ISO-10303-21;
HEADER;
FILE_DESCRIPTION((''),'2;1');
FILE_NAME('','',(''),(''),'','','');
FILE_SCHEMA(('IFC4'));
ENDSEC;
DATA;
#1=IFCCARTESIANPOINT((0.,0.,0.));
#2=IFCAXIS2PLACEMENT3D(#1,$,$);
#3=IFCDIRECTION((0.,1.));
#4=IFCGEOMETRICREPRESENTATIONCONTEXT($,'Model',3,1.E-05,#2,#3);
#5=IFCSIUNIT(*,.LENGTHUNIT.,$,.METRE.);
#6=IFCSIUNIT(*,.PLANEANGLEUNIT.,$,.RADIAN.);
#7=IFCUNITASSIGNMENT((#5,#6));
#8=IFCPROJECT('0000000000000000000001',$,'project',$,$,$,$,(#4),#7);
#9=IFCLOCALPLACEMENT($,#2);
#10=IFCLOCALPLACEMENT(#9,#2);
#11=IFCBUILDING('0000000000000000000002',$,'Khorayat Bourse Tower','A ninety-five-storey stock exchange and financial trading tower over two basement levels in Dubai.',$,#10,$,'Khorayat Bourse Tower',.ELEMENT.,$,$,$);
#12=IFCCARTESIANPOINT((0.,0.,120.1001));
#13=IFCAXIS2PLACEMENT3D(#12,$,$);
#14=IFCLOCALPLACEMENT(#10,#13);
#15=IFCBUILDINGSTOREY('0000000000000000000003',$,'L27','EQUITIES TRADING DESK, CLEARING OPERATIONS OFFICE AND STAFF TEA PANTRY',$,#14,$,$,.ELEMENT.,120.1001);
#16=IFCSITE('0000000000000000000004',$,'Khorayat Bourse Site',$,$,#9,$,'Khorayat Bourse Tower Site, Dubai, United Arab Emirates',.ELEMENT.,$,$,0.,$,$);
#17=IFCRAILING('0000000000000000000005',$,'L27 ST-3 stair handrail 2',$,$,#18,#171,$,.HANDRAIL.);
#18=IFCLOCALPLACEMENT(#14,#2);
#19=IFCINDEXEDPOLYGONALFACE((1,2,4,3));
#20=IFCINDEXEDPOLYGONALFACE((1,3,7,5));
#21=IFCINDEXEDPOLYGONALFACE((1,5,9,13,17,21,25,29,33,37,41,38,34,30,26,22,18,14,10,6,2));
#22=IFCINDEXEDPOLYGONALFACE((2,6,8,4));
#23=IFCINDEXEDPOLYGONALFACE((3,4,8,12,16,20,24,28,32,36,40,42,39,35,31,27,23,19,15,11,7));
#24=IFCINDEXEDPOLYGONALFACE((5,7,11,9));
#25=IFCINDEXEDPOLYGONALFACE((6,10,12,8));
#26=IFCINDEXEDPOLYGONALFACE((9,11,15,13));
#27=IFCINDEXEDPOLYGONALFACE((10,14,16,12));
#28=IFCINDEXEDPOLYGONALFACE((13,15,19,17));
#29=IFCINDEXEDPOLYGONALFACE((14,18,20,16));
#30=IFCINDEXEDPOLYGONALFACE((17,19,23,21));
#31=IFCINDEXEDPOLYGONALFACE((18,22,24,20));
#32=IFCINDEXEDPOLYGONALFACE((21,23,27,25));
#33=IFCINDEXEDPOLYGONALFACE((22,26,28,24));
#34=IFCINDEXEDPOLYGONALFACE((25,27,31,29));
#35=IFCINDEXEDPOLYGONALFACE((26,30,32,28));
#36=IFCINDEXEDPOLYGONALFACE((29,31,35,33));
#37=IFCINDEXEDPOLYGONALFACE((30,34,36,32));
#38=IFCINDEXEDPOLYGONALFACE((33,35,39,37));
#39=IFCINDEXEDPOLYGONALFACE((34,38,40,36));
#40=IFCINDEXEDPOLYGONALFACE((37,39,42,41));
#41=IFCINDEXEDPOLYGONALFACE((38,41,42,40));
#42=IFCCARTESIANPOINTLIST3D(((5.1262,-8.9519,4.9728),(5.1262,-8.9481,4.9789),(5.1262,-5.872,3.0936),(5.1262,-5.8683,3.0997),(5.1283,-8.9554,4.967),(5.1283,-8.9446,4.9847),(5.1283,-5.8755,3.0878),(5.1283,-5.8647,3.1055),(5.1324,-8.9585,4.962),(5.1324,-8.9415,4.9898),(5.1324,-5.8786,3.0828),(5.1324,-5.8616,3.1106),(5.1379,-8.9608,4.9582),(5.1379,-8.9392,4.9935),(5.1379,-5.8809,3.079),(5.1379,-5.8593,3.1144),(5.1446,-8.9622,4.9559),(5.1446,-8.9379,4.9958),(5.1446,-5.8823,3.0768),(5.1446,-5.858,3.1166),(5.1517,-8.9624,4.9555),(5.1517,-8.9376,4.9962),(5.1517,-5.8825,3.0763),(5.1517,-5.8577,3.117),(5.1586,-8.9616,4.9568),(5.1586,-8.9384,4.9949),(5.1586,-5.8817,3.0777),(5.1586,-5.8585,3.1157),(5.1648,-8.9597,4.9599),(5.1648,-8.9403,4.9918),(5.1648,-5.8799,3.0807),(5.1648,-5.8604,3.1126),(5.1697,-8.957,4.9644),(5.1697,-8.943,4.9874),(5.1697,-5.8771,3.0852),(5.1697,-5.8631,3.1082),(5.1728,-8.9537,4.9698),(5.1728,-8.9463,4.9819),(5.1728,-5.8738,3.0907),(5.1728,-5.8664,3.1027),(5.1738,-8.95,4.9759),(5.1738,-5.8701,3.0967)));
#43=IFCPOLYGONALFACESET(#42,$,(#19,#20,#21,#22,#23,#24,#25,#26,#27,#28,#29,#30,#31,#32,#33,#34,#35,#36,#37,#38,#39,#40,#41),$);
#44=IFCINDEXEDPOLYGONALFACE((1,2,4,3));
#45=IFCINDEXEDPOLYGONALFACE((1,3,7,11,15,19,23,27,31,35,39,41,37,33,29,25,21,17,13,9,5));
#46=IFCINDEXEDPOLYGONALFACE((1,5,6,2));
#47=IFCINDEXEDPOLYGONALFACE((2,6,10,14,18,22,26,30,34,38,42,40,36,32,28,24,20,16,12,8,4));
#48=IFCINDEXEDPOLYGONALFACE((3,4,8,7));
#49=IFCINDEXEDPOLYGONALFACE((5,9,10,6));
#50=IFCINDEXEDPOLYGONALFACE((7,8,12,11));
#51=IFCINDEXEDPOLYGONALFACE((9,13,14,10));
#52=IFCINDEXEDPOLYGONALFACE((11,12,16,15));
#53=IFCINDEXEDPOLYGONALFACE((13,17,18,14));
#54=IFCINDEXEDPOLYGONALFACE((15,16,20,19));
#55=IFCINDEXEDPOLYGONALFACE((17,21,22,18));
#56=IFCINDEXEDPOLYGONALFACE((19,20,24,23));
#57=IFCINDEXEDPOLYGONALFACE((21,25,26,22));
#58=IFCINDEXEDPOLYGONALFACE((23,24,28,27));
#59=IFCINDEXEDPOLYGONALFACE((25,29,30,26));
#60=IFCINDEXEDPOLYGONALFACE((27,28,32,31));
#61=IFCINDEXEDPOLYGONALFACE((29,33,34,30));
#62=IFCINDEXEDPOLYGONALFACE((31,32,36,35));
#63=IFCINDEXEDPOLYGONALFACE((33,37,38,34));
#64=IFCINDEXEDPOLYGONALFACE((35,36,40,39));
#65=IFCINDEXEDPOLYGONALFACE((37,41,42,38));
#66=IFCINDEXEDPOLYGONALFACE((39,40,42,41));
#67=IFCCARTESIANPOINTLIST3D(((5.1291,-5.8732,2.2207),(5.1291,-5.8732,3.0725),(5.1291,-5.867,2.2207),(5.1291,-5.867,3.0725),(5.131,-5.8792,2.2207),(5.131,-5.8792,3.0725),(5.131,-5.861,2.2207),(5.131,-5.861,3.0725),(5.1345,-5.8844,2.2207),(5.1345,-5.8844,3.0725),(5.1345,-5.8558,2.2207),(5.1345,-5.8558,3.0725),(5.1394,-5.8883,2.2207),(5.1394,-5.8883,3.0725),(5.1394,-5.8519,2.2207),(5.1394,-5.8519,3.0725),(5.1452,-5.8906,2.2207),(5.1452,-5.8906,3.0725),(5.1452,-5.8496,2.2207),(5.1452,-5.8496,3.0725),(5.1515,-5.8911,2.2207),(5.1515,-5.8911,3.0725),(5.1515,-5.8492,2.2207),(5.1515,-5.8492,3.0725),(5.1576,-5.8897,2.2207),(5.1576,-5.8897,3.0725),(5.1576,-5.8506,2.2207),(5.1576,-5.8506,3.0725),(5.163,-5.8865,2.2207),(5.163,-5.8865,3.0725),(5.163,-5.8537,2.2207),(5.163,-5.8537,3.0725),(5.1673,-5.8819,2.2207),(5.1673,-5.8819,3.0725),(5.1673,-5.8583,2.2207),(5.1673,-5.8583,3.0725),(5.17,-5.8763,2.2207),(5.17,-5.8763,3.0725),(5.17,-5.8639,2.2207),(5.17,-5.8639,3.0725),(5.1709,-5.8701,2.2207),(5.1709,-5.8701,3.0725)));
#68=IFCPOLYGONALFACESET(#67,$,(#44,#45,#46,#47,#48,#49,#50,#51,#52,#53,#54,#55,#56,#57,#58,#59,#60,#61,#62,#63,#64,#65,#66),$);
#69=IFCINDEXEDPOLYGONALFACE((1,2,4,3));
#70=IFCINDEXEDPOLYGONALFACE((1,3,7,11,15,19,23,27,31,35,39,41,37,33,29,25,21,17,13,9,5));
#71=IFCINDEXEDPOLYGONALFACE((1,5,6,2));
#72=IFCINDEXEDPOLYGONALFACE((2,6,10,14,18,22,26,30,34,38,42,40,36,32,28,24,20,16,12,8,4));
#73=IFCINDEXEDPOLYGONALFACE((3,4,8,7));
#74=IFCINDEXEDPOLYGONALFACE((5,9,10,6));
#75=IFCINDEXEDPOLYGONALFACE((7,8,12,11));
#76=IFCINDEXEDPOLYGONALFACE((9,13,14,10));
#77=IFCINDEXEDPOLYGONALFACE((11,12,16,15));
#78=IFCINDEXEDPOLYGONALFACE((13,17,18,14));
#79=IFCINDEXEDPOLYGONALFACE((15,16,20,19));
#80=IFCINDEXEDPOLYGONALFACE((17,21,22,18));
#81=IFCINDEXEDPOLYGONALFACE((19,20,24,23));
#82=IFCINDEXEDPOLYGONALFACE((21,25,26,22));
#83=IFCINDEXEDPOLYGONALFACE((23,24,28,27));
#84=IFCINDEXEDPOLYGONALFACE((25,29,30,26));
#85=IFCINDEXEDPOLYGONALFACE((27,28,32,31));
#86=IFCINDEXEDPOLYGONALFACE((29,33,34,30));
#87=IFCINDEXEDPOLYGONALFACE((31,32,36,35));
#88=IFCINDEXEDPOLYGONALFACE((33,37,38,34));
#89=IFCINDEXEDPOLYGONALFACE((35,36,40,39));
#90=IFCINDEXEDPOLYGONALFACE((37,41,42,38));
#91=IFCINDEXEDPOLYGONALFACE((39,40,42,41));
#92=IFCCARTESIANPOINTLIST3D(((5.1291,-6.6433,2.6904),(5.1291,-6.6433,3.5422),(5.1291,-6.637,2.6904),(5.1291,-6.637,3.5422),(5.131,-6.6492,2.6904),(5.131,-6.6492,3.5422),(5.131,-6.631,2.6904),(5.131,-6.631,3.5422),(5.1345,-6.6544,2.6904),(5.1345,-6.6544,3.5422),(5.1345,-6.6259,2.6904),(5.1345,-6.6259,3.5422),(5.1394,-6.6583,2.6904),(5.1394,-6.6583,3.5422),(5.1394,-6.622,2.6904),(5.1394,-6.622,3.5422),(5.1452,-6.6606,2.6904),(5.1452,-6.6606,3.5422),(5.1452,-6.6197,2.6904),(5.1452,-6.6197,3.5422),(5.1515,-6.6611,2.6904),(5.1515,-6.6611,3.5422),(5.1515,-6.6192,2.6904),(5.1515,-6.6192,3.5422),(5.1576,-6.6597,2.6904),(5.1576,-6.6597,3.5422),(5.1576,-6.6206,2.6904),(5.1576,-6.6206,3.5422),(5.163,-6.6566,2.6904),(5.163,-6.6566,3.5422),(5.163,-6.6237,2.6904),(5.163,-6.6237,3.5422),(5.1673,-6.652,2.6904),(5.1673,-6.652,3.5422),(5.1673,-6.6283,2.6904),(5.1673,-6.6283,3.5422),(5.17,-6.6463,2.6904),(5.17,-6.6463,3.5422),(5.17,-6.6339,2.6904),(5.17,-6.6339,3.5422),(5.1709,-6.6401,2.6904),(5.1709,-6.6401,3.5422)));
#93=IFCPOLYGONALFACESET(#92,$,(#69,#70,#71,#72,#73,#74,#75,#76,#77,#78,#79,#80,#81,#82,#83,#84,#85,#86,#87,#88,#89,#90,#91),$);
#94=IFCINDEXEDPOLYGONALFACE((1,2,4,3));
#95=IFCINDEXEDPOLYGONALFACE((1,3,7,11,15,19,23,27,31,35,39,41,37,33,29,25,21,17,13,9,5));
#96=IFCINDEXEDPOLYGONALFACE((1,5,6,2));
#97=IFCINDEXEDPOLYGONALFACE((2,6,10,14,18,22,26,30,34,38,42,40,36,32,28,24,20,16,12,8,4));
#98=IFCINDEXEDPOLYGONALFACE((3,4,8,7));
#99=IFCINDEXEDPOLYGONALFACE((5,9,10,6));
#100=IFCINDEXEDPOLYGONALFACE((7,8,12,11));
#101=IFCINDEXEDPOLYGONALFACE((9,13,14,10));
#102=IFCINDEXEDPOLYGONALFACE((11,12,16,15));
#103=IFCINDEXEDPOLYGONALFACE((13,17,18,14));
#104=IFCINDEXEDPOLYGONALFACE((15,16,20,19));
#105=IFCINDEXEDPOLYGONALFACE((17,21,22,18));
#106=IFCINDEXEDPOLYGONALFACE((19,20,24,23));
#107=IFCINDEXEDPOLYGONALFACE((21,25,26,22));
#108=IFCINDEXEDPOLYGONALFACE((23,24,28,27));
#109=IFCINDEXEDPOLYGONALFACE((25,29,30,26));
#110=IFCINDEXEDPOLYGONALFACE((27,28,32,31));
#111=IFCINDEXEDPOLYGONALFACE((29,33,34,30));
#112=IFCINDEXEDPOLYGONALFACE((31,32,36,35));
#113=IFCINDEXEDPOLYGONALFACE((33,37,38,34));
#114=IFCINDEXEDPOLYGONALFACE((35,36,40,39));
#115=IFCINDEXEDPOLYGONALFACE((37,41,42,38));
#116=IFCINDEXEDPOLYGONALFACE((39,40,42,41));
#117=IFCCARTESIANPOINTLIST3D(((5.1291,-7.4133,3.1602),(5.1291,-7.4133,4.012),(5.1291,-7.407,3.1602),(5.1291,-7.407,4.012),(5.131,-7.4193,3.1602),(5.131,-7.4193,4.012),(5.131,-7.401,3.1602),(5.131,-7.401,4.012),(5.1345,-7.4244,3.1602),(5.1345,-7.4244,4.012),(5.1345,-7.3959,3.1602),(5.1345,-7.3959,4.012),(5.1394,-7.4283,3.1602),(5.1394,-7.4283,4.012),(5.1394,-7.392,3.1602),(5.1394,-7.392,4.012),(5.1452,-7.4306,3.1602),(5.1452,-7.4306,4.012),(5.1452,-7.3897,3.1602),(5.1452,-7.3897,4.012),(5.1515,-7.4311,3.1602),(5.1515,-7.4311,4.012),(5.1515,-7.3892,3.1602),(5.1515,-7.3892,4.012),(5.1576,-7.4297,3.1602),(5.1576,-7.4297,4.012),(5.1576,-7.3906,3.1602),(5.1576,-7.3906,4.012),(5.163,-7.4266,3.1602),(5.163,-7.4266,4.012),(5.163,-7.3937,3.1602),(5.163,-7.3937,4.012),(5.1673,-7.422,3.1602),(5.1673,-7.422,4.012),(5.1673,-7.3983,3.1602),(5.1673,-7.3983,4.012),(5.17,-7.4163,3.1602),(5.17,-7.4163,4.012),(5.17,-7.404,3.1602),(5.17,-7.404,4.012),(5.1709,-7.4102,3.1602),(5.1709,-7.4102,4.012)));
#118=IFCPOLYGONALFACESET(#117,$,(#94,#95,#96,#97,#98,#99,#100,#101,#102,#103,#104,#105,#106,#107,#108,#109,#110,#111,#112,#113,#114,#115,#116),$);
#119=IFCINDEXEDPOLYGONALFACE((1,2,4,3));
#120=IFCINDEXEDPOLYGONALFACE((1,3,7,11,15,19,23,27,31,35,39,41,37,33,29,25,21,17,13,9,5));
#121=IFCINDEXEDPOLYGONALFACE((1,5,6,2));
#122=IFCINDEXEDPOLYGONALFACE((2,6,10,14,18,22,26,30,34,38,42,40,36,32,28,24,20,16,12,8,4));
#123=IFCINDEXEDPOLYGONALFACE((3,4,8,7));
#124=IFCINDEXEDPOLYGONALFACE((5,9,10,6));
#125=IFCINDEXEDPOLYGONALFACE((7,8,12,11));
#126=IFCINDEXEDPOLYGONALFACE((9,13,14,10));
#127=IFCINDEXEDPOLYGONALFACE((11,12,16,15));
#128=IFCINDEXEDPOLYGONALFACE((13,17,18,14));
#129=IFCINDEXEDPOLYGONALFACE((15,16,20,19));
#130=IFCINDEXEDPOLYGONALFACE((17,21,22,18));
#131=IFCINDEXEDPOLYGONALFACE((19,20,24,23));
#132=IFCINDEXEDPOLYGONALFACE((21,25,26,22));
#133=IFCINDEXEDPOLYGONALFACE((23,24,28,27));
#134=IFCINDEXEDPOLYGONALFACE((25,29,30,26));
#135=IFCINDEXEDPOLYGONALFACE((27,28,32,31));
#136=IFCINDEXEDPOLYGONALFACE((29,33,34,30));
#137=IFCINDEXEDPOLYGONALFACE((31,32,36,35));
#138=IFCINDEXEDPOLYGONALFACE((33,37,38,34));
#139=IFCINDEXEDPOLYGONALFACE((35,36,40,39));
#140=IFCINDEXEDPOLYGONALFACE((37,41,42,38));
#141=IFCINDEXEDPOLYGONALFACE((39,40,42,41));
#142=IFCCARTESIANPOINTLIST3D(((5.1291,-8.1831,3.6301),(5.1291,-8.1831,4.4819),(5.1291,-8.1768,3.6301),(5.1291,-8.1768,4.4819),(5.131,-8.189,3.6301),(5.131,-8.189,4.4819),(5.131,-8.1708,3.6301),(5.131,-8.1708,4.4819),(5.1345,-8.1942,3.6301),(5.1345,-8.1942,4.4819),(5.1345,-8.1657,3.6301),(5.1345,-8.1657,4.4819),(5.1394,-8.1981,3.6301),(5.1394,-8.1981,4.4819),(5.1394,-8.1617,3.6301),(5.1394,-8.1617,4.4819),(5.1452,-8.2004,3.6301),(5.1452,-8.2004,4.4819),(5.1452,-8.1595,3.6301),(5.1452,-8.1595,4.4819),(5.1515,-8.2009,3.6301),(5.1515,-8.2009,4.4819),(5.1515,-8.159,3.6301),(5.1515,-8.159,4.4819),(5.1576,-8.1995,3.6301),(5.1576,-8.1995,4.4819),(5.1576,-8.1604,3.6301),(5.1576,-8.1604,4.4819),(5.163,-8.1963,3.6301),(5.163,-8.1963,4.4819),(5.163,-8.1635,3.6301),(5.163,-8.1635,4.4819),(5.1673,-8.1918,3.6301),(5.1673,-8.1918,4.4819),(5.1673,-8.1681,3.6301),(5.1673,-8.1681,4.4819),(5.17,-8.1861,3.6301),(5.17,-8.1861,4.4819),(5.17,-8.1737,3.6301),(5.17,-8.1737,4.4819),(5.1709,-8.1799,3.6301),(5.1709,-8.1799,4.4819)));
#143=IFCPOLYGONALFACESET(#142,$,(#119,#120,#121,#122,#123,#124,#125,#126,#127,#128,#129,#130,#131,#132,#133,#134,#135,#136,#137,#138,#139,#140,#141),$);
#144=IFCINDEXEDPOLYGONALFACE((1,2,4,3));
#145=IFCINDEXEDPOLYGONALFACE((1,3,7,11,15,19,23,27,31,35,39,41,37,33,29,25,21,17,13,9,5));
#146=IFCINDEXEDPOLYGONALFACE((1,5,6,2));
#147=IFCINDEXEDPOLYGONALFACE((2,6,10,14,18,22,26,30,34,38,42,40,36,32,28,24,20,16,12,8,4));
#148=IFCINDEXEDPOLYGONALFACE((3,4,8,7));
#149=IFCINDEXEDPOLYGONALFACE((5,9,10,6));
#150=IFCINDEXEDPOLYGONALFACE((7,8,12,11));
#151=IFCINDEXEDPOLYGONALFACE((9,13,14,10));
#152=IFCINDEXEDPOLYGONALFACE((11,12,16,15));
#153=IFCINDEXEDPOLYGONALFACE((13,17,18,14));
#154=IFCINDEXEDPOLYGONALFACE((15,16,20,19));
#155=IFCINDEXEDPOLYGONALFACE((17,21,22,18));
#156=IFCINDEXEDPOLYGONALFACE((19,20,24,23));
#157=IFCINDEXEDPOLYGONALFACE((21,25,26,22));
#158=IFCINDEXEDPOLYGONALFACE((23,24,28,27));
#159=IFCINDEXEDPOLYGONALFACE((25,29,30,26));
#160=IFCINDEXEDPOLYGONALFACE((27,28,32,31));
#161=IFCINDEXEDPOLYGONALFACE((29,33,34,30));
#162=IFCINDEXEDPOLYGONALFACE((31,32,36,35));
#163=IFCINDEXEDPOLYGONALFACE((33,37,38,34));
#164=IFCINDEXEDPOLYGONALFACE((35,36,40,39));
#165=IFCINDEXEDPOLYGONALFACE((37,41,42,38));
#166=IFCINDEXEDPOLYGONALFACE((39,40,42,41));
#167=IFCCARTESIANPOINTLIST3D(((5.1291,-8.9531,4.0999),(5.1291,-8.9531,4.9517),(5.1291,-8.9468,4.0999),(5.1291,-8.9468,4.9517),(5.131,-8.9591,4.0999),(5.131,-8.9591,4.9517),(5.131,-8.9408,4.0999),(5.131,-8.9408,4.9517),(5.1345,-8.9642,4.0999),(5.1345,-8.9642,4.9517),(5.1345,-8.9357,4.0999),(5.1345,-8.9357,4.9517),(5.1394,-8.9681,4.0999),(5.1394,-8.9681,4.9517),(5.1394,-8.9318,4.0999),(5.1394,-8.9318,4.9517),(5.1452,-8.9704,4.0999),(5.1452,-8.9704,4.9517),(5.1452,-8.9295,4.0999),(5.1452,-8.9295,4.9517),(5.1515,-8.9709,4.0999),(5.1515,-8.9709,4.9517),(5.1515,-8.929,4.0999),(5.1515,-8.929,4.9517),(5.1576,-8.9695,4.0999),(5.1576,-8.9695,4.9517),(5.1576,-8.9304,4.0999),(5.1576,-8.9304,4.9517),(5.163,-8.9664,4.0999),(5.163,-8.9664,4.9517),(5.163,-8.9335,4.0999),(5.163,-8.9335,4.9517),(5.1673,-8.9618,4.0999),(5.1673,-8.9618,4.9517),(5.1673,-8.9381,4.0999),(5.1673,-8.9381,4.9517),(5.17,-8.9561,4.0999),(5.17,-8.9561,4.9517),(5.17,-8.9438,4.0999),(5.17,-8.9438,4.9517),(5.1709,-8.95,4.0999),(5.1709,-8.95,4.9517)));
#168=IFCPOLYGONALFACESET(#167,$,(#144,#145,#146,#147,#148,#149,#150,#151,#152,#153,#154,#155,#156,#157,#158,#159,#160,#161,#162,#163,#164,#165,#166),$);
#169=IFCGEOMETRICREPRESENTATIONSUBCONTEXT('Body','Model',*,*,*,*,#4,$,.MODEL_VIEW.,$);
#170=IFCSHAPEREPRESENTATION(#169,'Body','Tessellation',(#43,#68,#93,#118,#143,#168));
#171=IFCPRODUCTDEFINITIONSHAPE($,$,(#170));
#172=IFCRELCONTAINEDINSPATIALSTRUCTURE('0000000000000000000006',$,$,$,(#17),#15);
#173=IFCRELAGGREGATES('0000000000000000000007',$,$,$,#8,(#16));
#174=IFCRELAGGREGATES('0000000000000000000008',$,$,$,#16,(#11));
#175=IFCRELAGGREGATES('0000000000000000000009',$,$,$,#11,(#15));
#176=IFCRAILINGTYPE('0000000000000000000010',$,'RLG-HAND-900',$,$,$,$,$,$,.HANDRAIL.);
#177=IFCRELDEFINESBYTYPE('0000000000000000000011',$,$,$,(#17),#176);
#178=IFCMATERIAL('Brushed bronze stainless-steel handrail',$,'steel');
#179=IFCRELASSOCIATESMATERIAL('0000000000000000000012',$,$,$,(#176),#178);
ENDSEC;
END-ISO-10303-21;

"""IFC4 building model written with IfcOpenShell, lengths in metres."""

from ifc_helpers import new_model, si_unit, direction, frame, origin, origin_2d, place, context, subcontext, project, spatial, circle, extrude, source, transform, mapped, material, type_object, element, save


model = new_model("IFC4")

# Units and contexts
model_context = context("Model", 3, precision=1e-05, world=origin(), true_north=direction((0.0, 1.0)))
body_context = subcontext(model_context, "Body", "Model", "MODEL_VIEW")
ifc_project = project(units=[si_unit("LENGTHUNIT", "METRE"), si_unit("PLANEANGLEUNIT", "RADIAN")], contexts=[model_context])

# Site, building, storey
site_placement = place(None, origin())
site = spatial("IfcSite", under=ifc_project, at=site_placement, Name="Khorayat Bourse Site", LongName="Khorayat Bourse Tower Site, Dubai, United Arab Emirates", CompositionType="ELEMENT", RefElevation=0.0)
building_placement = place(site_placement, origin())
building = spatial("IfcBuilding", under=site, at=building_placement, Name="Khorayat Bourse Tower", Description="A ninety-five-storey stock exchange and financial trading tower over two basement levels in Dubai.", LongName="Khorayat Bourse Tower", CompositionType="ELEMENT")
storey_placement = place(building_placement, frame((0.0, 0.0, 120.1001)))
storey = spatial("IfcBuildingStorey", under=building, at=storey_placement, Name="L27", Description="EQUITIES TRADING DESK, CLEARING OPERATIONS OFFICE AND STAFF TEA PANTRY", CompositionType="ELEMENT", Elevation=120.1001)

# Railing
ifc_material_1 = material(Name="Brushed bronze stainless-steel handrail", Category="steel")
railing_type = type_object("IfcRailingType", Name="RLG-HAND-900", PredefinedType="HANDRAIL", material=ifc_material_1)
shared_shape_1 = source(origin(), body_context, "Body", "SweptSolid", [
    extrude(circle(Radius=0.0239, at=origin_2d()), frame((0.0, 0.0, 0.876), z_axis=(0.0, -0.853648, 0.52085), x_axis=(1.0, 0.0, 0.0)), (0.0, 0.0, 1.0), 3.6079),
    extrude(circle(Radius=0.021, at=origin_2d()), origin(), (0.0, 0.0, 1.0), 0.8518),
    extrude(circle(Radius=0.021, at=origin_2d()), frame((0.0, -0.77, 0.4697)), (0.0, 0.0, 1.0), 0.8518),
    extrude(circle(Radius=0.021, at=origin_2d()), frame((0.0, -1.54, 0.9395)), (0.0, 0.0, 1.0), 0.8518),
    extrude(circle(Radius=0.021, at=origin_2d()), frame((0.0, -2.3098, 1.4094)), (0.0, 0.0, 1.0), 0.8518),
    extrude(circle(Radius=0.021, at=origin_2d()), frame((0.0, -3.0798, 1.8792)), (0.0, 0.0, 1.0), 0.8518),
])
railing_placement = place(storey_placement, frame((5.1499, -5.8701, 2.2207)))
element("IfcRailing", 1, at=railing_placement, inside=storey, type_object=railing_type, Name="L27 ST-3 stair handrail 2", PredefinedType="HANDRAIL", context=body_context, shape_type="MappedRepresentation", body=[
    mapped(shared_shape_1, transform((0.0, 0.0, 0.0), scale=1.0)),
])

save(model, "model.ifc")
